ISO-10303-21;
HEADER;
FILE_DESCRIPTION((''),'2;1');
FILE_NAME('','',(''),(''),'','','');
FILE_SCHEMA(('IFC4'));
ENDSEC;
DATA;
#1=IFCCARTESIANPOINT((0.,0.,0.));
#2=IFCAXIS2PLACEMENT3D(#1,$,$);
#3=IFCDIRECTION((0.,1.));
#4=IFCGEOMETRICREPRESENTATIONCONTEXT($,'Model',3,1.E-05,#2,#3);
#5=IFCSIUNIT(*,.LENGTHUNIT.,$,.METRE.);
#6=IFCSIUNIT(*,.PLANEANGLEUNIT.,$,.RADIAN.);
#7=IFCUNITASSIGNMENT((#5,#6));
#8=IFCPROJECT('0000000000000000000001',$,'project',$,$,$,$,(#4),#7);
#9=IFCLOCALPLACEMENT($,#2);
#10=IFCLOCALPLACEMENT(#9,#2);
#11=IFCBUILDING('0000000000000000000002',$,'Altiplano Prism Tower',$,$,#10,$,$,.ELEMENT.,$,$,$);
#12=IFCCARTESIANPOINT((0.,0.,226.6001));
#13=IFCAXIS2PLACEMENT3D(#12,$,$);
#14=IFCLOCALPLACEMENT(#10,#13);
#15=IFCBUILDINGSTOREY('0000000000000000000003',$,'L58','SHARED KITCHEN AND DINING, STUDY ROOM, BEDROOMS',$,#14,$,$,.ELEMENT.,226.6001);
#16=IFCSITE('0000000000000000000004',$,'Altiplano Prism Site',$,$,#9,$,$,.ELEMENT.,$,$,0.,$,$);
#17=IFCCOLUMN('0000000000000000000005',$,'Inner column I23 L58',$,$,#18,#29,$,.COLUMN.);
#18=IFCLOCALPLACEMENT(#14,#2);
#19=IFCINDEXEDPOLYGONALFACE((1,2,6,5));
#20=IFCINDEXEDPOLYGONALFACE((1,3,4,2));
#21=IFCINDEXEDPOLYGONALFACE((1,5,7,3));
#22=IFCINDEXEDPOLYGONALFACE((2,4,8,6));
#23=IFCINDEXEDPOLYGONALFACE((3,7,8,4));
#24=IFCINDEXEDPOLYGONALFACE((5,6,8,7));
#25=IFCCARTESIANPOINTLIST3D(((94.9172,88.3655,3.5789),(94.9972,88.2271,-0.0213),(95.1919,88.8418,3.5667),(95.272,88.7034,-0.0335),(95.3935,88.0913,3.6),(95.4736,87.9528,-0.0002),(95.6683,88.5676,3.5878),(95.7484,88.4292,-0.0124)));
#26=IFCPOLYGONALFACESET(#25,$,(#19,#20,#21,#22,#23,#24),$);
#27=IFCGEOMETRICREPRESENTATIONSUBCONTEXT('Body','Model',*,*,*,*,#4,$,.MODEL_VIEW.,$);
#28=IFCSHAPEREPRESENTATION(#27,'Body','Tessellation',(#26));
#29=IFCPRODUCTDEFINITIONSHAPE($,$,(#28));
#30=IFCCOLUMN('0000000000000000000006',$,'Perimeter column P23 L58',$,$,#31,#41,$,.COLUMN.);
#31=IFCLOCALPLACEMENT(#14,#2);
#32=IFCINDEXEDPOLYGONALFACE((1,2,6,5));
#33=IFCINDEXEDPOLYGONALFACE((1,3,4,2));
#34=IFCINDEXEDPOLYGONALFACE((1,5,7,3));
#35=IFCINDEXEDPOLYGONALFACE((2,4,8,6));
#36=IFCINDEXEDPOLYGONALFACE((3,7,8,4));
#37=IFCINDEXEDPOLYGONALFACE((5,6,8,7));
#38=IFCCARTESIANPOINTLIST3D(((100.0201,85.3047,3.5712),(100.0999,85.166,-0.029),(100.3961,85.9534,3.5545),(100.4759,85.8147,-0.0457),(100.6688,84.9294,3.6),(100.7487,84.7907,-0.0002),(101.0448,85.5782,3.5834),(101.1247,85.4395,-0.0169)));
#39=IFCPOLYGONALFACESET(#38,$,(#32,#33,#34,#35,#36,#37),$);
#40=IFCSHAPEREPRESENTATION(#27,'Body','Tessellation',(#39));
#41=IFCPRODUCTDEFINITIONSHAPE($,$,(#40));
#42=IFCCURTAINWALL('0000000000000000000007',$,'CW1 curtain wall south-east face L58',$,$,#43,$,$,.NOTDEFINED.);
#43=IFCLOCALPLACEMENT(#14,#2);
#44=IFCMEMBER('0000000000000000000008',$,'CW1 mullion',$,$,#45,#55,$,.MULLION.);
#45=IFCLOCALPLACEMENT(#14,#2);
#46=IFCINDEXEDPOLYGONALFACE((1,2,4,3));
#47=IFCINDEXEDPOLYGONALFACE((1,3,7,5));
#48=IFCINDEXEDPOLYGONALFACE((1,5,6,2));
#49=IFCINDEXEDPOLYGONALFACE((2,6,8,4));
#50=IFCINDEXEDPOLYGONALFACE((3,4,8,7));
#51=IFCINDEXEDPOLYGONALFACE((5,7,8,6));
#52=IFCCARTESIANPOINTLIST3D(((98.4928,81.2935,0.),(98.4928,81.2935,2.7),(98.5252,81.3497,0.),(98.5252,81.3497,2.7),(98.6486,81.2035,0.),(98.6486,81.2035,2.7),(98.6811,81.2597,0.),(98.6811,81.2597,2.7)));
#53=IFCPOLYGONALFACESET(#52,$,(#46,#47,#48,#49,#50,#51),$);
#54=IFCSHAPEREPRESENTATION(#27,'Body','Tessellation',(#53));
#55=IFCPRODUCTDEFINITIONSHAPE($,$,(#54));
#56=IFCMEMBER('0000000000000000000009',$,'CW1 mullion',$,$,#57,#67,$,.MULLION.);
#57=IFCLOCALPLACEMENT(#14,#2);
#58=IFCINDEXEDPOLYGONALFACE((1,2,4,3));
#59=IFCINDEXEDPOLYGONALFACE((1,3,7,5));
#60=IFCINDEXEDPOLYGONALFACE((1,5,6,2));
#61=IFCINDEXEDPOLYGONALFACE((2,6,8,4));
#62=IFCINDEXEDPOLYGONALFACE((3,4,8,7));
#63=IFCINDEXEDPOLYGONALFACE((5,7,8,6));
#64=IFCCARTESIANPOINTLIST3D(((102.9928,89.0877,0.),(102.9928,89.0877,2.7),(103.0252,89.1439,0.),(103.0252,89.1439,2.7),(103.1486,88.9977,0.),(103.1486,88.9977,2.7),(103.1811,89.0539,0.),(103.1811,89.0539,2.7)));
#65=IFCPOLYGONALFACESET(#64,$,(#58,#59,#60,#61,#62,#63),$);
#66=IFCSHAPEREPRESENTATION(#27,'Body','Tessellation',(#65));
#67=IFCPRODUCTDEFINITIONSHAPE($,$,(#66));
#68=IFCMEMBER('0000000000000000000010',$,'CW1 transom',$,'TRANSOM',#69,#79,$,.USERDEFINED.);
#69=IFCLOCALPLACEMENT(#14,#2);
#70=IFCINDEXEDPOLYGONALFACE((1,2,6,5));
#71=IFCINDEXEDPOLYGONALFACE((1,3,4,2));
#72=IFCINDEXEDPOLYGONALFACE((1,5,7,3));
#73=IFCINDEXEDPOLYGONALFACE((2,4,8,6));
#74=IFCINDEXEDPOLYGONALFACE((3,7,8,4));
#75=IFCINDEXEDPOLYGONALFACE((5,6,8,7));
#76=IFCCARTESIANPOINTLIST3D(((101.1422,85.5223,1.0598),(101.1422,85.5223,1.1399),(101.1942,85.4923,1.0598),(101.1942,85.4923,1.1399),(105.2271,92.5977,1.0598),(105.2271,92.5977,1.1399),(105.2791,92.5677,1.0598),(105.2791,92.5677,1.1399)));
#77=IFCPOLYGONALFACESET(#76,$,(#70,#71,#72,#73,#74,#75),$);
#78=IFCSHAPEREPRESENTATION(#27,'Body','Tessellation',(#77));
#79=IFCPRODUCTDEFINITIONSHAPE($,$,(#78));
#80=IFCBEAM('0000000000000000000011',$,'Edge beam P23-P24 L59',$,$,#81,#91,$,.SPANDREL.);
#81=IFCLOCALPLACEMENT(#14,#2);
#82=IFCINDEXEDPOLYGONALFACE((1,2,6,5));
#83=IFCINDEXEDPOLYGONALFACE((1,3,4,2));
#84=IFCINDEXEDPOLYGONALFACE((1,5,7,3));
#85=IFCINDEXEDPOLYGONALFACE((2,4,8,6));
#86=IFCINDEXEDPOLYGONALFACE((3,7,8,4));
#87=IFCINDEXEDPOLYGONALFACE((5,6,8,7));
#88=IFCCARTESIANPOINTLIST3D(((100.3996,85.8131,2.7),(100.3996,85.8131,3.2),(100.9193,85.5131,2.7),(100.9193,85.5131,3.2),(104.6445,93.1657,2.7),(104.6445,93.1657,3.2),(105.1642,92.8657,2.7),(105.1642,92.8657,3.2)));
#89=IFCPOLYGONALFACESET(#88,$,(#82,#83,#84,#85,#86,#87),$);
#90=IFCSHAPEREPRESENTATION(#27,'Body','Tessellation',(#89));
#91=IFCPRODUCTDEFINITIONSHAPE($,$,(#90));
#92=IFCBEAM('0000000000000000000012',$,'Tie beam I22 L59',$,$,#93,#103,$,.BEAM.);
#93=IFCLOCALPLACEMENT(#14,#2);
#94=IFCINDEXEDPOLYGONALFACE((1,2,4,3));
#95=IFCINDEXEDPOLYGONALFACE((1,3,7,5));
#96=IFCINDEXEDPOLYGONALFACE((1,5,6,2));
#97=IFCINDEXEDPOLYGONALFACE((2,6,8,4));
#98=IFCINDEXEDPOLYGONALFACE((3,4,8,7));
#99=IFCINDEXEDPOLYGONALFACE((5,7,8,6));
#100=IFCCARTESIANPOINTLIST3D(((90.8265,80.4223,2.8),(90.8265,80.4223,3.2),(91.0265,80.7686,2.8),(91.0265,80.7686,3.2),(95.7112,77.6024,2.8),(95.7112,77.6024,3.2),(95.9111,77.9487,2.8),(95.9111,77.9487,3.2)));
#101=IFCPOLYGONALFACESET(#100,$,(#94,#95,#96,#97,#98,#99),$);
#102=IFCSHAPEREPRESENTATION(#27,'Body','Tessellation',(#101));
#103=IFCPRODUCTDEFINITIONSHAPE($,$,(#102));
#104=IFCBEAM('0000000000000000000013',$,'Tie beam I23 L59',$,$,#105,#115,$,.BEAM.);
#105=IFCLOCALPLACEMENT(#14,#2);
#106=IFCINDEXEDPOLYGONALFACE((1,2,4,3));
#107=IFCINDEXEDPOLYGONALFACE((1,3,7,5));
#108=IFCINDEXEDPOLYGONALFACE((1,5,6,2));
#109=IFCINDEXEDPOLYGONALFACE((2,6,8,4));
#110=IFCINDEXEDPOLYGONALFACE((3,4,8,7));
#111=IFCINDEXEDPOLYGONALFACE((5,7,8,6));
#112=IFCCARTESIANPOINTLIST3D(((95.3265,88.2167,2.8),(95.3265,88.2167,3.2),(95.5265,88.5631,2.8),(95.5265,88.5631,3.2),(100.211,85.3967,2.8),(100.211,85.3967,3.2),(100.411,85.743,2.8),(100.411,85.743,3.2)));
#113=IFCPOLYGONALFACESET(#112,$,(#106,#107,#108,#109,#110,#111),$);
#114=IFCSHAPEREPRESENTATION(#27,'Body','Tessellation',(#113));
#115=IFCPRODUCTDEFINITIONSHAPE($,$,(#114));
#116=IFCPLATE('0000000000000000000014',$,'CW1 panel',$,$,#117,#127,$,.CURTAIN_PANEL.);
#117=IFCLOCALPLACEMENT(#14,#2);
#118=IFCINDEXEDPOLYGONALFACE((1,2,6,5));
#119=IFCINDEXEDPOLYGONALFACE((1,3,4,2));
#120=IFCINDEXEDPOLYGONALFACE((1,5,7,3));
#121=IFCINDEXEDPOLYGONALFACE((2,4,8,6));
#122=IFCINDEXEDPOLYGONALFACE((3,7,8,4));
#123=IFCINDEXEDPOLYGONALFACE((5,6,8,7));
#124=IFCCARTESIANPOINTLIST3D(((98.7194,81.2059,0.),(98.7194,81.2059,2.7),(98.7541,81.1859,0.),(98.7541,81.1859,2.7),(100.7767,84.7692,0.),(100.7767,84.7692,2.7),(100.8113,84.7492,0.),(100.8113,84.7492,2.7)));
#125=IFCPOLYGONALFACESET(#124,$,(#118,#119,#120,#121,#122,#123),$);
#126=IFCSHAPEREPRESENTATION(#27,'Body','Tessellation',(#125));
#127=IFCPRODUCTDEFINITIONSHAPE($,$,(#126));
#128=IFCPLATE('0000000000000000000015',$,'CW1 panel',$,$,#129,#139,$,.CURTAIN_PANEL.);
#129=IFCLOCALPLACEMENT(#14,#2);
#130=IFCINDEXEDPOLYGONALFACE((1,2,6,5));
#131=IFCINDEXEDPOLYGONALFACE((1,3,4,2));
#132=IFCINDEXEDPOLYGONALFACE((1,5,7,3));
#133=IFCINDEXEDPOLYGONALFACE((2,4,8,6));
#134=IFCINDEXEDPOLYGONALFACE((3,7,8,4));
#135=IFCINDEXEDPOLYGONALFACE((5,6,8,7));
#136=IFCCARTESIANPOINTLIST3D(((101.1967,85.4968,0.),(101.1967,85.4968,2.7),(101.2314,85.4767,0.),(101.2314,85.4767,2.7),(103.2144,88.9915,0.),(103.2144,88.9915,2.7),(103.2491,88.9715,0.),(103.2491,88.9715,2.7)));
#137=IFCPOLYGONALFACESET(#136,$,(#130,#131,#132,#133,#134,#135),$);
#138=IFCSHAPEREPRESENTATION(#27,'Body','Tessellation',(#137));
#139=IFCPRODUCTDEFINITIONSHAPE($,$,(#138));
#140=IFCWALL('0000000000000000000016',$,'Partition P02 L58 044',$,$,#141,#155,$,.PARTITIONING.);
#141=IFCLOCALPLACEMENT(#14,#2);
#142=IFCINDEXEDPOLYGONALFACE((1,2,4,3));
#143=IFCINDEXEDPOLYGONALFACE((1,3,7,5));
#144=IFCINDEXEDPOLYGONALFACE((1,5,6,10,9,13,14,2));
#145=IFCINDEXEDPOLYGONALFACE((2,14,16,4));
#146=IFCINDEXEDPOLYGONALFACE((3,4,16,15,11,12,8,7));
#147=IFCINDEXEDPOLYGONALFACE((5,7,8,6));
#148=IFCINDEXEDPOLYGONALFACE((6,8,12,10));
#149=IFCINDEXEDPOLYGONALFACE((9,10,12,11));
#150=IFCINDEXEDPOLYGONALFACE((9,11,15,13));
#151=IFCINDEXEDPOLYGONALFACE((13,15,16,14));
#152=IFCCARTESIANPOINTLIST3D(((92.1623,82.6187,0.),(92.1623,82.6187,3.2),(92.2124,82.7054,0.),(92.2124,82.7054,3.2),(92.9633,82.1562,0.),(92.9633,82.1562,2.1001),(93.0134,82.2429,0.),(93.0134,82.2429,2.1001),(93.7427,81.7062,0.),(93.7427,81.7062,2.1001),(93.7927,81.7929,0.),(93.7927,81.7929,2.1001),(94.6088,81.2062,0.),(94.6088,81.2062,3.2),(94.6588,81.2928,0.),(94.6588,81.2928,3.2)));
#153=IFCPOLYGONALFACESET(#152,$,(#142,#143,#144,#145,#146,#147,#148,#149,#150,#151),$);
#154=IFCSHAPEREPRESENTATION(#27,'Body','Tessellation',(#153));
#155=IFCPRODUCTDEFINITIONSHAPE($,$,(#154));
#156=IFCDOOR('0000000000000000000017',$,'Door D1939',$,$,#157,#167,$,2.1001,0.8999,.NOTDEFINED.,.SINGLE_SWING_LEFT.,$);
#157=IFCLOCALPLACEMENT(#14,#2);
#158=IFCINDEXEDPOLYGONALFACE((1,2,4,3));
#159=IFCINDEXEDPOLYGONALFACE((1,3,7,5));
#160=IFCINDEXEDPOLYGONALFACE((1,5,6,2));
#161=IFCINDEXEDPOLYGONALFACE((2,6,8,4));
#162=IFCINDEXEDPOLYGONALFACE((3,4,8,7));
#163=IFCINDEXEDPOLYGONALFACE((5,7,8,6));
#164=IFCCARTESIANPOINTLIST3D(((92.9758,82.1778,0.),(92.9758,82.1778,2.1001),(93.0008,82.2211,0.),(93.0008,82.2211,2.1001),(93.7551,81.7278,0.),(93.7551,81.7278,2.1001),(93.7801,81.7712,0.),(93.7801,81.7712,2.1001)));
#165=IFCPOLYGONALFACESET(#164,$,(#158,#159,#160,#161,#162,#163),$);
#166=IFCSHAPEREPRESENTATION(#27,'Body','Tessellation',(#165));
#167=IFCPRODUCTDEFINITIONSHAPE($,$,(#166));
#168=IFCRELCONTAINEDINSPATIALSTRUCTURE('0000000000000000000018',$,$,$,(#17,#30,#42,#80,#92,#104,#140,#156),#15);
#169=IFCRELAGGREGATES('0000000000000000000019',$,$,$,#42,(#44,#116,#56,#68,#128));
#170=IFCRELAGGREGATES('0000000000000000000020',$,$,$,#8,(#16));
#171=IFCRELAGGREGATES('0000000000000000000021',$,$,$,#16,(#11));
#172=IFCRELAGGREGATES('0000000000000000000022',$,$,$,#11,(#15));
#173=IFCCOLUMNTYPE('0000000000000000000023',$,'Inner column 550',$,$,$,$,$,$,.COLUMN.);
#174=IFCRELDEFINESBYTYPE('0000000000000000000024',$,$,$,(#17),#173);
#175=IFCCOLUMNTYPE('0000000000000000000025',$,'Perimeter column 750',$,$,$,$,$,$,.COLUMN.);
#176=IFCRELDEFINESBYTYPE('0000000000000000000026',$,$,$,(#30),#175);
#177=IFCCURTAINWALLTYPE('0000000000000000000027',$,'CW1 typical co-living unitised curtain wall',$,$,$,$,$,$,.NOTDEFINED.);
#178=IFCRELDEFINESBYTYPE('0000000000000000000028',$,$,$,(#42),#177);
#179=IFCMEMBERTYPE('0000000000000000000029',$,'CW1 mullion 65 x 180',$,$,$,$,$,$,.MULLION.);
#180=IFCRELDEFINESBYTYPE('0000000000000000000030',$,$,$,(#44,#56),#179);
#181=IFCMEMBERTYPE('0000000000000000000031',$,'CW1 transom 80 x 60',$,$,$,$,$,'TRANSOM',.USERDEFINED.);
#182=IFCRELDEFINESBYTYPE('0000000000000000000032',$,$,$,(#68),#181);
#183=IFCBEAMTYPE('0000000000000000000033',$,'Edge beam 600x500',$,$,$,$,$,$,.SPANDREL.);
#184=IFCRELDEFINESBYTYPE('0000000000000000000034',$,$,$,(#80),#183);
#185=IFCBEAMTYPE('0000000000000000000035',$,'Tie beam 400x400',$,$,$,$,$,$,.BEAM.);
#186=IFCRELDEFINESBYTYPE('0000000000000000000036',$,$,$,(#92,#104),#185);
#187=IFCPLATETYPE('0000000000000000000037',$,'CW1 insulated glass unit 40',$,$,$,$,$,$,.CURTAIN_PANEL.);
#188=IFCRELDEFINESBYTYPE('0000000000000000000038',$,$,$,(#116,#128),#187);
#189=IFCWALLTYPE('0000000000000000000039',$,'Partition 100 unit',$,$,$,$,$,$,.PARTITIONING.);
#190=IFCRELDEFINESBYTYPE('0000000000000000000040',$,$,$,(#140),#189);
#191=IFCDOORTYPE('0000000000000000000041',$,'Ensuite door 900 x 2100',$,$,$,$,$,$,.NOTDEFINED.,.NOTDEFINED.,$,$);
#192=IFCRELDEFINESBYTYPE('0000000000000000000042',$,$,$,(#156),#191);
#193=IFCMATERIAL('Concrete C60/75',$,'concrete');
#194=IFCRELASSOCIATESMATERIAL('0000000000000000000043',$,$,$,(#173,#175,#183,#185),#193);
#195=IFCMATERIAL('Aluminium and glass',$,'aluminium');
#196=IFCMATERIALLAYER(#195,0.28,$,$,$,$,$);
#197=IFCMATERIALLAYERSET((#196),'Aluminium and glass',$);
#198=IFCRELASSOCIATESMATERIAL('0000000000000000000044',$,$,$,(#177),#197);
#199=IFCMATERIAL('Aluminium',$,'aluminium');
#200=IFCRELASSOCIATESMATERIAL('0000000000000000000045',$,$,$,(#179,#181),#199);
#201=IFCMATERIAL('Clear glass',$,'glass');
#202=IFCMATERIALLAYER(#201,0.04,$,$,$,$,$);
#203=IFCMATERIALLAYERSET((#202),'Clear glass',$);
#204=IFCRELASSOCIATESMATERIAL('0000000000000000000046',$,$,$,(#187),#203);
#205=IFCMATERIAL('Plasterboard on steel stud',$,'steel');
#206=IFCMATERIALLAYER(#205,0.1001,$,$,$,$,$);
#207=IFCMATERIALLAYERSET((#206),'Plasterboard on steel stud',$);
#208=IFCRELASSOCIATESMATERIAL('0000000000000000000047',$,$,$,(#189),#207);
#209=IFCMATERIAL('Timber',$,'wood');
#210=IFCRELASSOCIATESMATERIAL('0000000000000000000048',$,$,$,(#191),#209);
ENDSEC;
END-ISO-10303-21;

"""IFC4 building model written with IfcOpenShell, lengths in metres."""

from ifc_helpers import new_model, si_unit, direction, frame, frame_2d, origin, origin_2d, place, context, subcontext, project, spatial, rectangle, extrude, material, layer, layer_set, material_profile, profile_set, type_object, element, fill, aggregate, save


model = new_model("IFC4")

# Units and contexts
model_context = context("Model", 3, precision=1e-05, world=origin(), true_north=direction((0.0, 1.0)))
body_context = subcontext(model_context, "Body", "Model", "MODEL_VIEW")
ifc_project = project(units=[si_unit("LENGTHUNIT", "METRE"), si_unit("PLANEANGLEUNIT", "RADIAN")], contexts=[model_context])

# Site, building, storey
site_placement = place(None, origin())
site = spatial("IfcSite", under=ifc_project, at=site_placement, Name="Altiplano Prism Site", CompositionType="ELEMENT", RefElevation=0.0)
building_placement = place(site_placement, origin())
building = spatial("IfcBuilding", under=site, at=building_placement, Name="Altiplano Prism Tower", CompositionType="ELEMENT")
storey_placement = place(building_placement, frame((0.0, 0.0, 226.6001)))
storey = spatial("IfcBuildingStorey", under=building, at=storey_placement, Name="L58", Description="SHARED KITCHEN AND DINING, STUDY ROOM, BEDROOMS", CompositionType="ELEMENT", Elevation=226.6001)

# Columns
ifc_material_1 = material(Name="Concrete C60/75", Category="concrete")
ifc_material_profile_1 = material_profile(ifc_material_1, rectangle(XDim=0.55, YDim=0.55, at=origin_2d()), Name="Inner column 550")
ifc_profile_set_1 = profile_set([ifc_material_profile_1], Name="Concrete C60/75")
column_type_1 = type_object("IfcColumnType", Name="Inner column 550", PredefinedType="COLUMN", material=ifc_profile_set_1)
column_1_placement = place(storey_placement, frame((95.3728, 88.3281, -0.0168), z_axis=(-0.022221, 0.038413, 0.999015), x_axis=(-0.499513, -0.866022, 0.022189)))
element("IfcColumn", 1, at=column_1_placement, inside=storey, type_object=column_type_1, Name="Inner column I23 L58", PredefinedType="COLUMN", context=body_context, shape_type="SweptSolid", body=[
    extrude(rectangle(XDim=0.55, YDim=0.55, at=origin_2d()), origin(), (0.0, 0.0, 1.0), 3.6038),
])
ifc_material_profile_2 = material_profile(ifc_material_1, rectangle(XDim=0.75, YDim=0.75, at=origin_2d()), Name="Perimeter column 750")
ifc_profile_set_2 = profile_set([ifc_material_profile_2], Name="Concrete C60/75")
column_type_2 = type_object("IfcColumnType", Name="Perimeter column 750", PredefinedType="COLUMN", material=ifc_profile_set_2)
column_2_placement = place(storey_placement, frame((100.6123, 85.3027, -0.0229), z_axis=(-0.022154, 0.038481, 0.999014), x_axis=(-0.501318, -0.864979, 0.022201)))
element("IfcColumn", 2, at=column_2_placement, inside=storey, type_object=column_type_2, Name="Perimeter column P23 L58", PredefinedType="COLUMN", context=body_context, shape_type="SweptSolid", body=[
    extrude(rectangle(XDim=0.75, YDim=0.75, at=origin_2d()), origin(), (0.0, 0.0, 1.0), 3.6038),
])

# Curtain wall, members
ifc_material_2 = material(Name="Aluminium and glass", Category="aluminium")
ifc_layer_1 = layer(ifc_material_2, 0.28)
ifc_layer_set_1 = layer_set([ifc_layer_1], Name="Aluminium and glass")
curtain_wall_type = type_object("IfcCurtainWallType", Name="CW1 typical co-living unitised curtain wall", PredefinedType="NOTDEFINED", material=ifc_layer_set_1)
curtain_wall_placement = place(storey_placement, origin())
curtain_wall = element("IfcCurtainWall", 3, at=curtain_wall_placement, inside=storey, type_object=curtain_wall_type, Name="CW1 curtain wall south-east face L58", PredefinedType="NOTDEFINED")
ifc_material_3 = material(Name="Aluminium", Category="aluminium")
ifc_material_profile_3 = material_profile(ifc_material_3, rectangle(XDim=0.1799, YDim=0.0649, at=origin_2d()), Name="CW1 mullion 65 x 180")
ifc_profile_set_3 = profile_set([ifc_material_profile_3], Name="Aluminium")
member_type_1 = type_object("IfcMemberType", Name="CW1 mullion 65 x 180", PredefinedType="MULLION", material=ifc_profile_set_3)
member_1_placement = place(storey_placement, frame((98.5869, 81.2766, 0.0), z_axis=(0.0, 0.0, 1.0), x_axis=(-0.866025, 0.5, 0.0)))
member_1 = element("IfcMember", 4, at=member_1_placement, type_object=member_type_1, Name="CW1 mullion", PredefinedType="MULLION", context=body_context, shape_type="SweptSolid", body=[
    extrude(rectangle(XDim=0.1799, YDim=0.0649, at=origin_2d()), origin(), (0.0, 0.0, 1.0), 2.7),
])
member_2_placement = place(storey_placement, frame((103.0869, 89.0708, 0.0), z_axis=(0.0, 0.0, 1.0), x_axis=(-0.866025, 0.5, 0.0)))
member_2 = element("IfcMember", 5, at=member_2_placement, type_object=member_type_1, Name="CW1 mullion", PredefinedType="MULLION", context=body_context, shape_type="SweptSolid", body=[
    extrude(rectangle(XDim=0.1799, YDim=0.0649, at=origin_2d()), origin(), (0.0, 0.0, 1.0), 2.7),
])
ifc_material_profile_4 = material_profile(ifc_material_3, rectangle(XDim=0.0601, YDim=0.0801, at=origin_2d()), Name="CW1 transom 80 x 60")
ifc_profile_set_4 = profile_set([ifc_material_profile_4], Name="Aluminium")
member_type_2 = type_object("IfcMemberType", Name="CW1 transom 80 x 60", ElementType="TRANSOM", PredefinedType="USERDEFINED", material=ifc_profile_set_4)
member_3_placement = place(storey_placement, frame((101.1682, 85.5073, 1.0999), z_axis=(0.499996, 0.866028, 0.0), x_axis=(-0.866028, 0.499996, 0.0)))
member_3 = element("IfcMember", 6, at=member_3_placement, type_object=member_type_2, Name="CW1 transom", ObjectType="TRANSOM", PredefinedType="USERDEFINED", context=body_context, shape_type="SweptSolid", body=[
    extrude(rectangle(XDim=0.0601, YDim=0.0801, at=origin_2d()), origin(), (0.0, 0.0, 1.0), 8.1699),
])

# Beams
ifc_material_profile_5 = material_profile(ifc_material_1, rectangle(XDim=0.6001, YDim=0.5, at=origin_2d()), Name="Edge beam 600x500")
ifc_profile_set_5 = profile_set([ifc_material_profile_5], Name="Concrete C60/75")
beam_type_1 = type_object("IfcBeamType", Name="Edge beam 600x500", PredefinedType="SPANDREL", material=ifc_profile_set_5)
beam_placement = place(storey_placement, frame((100.6594, 85.6631, 2.95), z_axis=(0.49999, 0.866031, 0.0), x_axis=(-0.866031, 0.49999, 0.0)))
element("IfcBeam", 7, at=beam_placement, inside=storey, type_object=beam_type_1, Name="Edge beam P23-P24 L59", PredefinedType="SPANDREL", context=body_context, shape_type="SweptSolid", body=[
    extrude(rectangle(XDim=0.6001, YDim=0.5, at=origin_2d()), origin(), (0.0, 0.0, 1.0), 8.49),
])
ifc_material_profile_6 = material_profile(ifc_material_1, rectangle(XDim=0.3999, YDim=0.3999, at=origin_2d()), Name="Tie beam 400x400")
ifc_profile_set_6 = profile_set([ifc_material_profile_6], Name="Concrete C60/75")
beam_type_2 = type_object("IfcBeamType", Name="Tie beam 400x400", PredefinedType="BEAM", material=ifc_profile_set_6)
for number, where, z_axis, x_axis, name in (
    (8, (90.9265, 80.5955, 3.0), (0.866045, -0.499966, 0.0), (0.499966, 0.866045, 0.0), "Tie beam I22 L59"),
    (9, (95.4265, 88.3899, 3.0), (0.866026, -0.499998, 0.0), (0.499998, 0.866026, 0.0), "Tie beam I23 L59"),
):
    element("IfcBeam", number, at=place(storey_placement, frame(where, z_axis=z_axis, x_axis=x_axis)), inside=storey, type_object=beam_type_2, Name=name, PredefinedType="BEAM", context=body_context, shape_type="SweptSolid", body=[
        extrude(rectangle(XDim=0.3999, YDim=0.3999, at=origin_2d()), origin(), (0.0, 0.0, 1.0), 5.6401),
    ])

# Plates
ifc_material_4 = material(Name="Clear glass", Category="glass")
ifc_layer_2 = layer(ifc_material_4, 0.04)
ifc_layer_set_2 = layer_set([ifc_layer_2], Name="Clear glass")
plate_type = type_object("IfcPlateType", Name="CW1 insulated glass unit 40", PredefinedType="CURTAIN_PANEL", material=ifc_layer_set_2)
plate_1_placement = place(storey_placement, frame((99.7654, 82.9775, 0.0), z_axis=(0.0, 0.0, 1.0), x_axis=(0.5, 0.866025, 0.0)))
plate_1 = element("IfcPlate", 10, at=plate_1_placement, type_object=plate_type, Name="CW1 panel", PredefinedType="CURTAIN_PANEL", context=body_context, shape_type="SweptSolid", body=[
    extrude(rectangle(XDim=4.1145, YDim=0.04, at=origin_2d()), origin(), (0.0, 0.0, 1.0), 2.7),
])
plate_2_placement = place(storey_placement, frame((102.2229, 87.2341, 0.0), z_axis=(0.0, 0.0, 1.0), x_axis=(0.5, 0.866025, 0.0)))
plate_2 = element("IfcPlate", 11, at=plate_2_placement, type_object=plate_type, Name="CW1 panel", PredefinedType="CURTAIN_PANEL", context=body_context, shape_type="SweptSolid", body=[
    extrude(rectangle(XDim=4.0354, YDim=0.04, at=origin_2d()), origin(), (0.0, 0.0, 1.0), 2.7),
])
aggregate(curtain_wall, [member_1, plate_1, member_2, member_3, plate_2])

# Wall, opening, door
ifc_material_5 = material(Name="Plasterboard on steel stud", Category="steel")
ifc_layer_3 = layer(ifc_material_5, 0.1001)
ifc_layer_set_3 = layer_set([ifc_layer_3], Name="Plasterboard on steel stud")
wall_type_1 = type_object("IfcWallType", Name="Partition 100 unit", PredefinedType="PARTITIONING", material=ifc_layer_set_3)
wall_1_placement = place(storey_placement, frame((92.1873, 82.6621, 0.0), z_axis=(0.0, 0.0, 1.0), x_axis=(0.866011, -0.500024, 0.0)))
wall_1 = element("IfcWall", 12, at=wall_1_placement, inside=storey, type_object=wall_type_1, Name="Partition P02 L58 044", PredefinedType="PARTITIONING", context=body_context, shape_type="SweptSolid", body=[
    extrude(rectangle(XDim=2.825, YDim=0.1001, at=frame_2d((1.4126, 0.0))), origin(), (0.0, 0.0, 1.0), 3.2),
])
opening_1_placement = place(wall_1_placement, frame((0.925, 0.0, 0.0)))
opening_1 = element("IfcOpeningElement", 13, at=opening_1_placement, cuts=wall_1, PredefinedType="OPENING", context=body_context, shape_type="SweptSolid", body=[
    extrude(rectangle(XDim=0.8999, YDim=2.1001, at=frame_2d((0.45, 1.05))), frame((0.0, 0.0605, 0.0), z_axis=(0.0, -1.0, 0.0), x_axis=(1.0, 0.0, 0.0)), (0.0, 0.0, 1.0), 0.1211),
])
ifc_material_6 = material(Name="Timber", Category="wood")
door_type_1 = type_object("IfcDoorType", Name="Ensuite door 900 x 2100", OperationType="NOTDEFINED", PredefinedType="NOTDEFINED", material=ifc_material_6)
door_1_placement = place(opening_1_placement, origin())
door_1 = element("IfcDoor", 14, at=door_1_placement, inside=storey, type_object=door_type_1, Name="Door D1939", OperationType="SINGLE_SWING_LEFT", OverallHeight=2.1001, OverallWidth=0.8999, PredefinedType="NOTDEFINED", context=body_context, shape_type="SweptSolid", body=[
    extrude(rectangle(XDim=0.8999, YDim=2.1001, at=frame_2d((0.45, 1.05))), frame((0.0, 0.0249, 0.0), z_axis=(0.0, -1.0, 0.0), x_axis=(1.0, 0.0, 0.0)), (0.0, 0.0, 1.0), 0.05),
])
fill(opening_1, door_1)

save(model, "model.ifc")
